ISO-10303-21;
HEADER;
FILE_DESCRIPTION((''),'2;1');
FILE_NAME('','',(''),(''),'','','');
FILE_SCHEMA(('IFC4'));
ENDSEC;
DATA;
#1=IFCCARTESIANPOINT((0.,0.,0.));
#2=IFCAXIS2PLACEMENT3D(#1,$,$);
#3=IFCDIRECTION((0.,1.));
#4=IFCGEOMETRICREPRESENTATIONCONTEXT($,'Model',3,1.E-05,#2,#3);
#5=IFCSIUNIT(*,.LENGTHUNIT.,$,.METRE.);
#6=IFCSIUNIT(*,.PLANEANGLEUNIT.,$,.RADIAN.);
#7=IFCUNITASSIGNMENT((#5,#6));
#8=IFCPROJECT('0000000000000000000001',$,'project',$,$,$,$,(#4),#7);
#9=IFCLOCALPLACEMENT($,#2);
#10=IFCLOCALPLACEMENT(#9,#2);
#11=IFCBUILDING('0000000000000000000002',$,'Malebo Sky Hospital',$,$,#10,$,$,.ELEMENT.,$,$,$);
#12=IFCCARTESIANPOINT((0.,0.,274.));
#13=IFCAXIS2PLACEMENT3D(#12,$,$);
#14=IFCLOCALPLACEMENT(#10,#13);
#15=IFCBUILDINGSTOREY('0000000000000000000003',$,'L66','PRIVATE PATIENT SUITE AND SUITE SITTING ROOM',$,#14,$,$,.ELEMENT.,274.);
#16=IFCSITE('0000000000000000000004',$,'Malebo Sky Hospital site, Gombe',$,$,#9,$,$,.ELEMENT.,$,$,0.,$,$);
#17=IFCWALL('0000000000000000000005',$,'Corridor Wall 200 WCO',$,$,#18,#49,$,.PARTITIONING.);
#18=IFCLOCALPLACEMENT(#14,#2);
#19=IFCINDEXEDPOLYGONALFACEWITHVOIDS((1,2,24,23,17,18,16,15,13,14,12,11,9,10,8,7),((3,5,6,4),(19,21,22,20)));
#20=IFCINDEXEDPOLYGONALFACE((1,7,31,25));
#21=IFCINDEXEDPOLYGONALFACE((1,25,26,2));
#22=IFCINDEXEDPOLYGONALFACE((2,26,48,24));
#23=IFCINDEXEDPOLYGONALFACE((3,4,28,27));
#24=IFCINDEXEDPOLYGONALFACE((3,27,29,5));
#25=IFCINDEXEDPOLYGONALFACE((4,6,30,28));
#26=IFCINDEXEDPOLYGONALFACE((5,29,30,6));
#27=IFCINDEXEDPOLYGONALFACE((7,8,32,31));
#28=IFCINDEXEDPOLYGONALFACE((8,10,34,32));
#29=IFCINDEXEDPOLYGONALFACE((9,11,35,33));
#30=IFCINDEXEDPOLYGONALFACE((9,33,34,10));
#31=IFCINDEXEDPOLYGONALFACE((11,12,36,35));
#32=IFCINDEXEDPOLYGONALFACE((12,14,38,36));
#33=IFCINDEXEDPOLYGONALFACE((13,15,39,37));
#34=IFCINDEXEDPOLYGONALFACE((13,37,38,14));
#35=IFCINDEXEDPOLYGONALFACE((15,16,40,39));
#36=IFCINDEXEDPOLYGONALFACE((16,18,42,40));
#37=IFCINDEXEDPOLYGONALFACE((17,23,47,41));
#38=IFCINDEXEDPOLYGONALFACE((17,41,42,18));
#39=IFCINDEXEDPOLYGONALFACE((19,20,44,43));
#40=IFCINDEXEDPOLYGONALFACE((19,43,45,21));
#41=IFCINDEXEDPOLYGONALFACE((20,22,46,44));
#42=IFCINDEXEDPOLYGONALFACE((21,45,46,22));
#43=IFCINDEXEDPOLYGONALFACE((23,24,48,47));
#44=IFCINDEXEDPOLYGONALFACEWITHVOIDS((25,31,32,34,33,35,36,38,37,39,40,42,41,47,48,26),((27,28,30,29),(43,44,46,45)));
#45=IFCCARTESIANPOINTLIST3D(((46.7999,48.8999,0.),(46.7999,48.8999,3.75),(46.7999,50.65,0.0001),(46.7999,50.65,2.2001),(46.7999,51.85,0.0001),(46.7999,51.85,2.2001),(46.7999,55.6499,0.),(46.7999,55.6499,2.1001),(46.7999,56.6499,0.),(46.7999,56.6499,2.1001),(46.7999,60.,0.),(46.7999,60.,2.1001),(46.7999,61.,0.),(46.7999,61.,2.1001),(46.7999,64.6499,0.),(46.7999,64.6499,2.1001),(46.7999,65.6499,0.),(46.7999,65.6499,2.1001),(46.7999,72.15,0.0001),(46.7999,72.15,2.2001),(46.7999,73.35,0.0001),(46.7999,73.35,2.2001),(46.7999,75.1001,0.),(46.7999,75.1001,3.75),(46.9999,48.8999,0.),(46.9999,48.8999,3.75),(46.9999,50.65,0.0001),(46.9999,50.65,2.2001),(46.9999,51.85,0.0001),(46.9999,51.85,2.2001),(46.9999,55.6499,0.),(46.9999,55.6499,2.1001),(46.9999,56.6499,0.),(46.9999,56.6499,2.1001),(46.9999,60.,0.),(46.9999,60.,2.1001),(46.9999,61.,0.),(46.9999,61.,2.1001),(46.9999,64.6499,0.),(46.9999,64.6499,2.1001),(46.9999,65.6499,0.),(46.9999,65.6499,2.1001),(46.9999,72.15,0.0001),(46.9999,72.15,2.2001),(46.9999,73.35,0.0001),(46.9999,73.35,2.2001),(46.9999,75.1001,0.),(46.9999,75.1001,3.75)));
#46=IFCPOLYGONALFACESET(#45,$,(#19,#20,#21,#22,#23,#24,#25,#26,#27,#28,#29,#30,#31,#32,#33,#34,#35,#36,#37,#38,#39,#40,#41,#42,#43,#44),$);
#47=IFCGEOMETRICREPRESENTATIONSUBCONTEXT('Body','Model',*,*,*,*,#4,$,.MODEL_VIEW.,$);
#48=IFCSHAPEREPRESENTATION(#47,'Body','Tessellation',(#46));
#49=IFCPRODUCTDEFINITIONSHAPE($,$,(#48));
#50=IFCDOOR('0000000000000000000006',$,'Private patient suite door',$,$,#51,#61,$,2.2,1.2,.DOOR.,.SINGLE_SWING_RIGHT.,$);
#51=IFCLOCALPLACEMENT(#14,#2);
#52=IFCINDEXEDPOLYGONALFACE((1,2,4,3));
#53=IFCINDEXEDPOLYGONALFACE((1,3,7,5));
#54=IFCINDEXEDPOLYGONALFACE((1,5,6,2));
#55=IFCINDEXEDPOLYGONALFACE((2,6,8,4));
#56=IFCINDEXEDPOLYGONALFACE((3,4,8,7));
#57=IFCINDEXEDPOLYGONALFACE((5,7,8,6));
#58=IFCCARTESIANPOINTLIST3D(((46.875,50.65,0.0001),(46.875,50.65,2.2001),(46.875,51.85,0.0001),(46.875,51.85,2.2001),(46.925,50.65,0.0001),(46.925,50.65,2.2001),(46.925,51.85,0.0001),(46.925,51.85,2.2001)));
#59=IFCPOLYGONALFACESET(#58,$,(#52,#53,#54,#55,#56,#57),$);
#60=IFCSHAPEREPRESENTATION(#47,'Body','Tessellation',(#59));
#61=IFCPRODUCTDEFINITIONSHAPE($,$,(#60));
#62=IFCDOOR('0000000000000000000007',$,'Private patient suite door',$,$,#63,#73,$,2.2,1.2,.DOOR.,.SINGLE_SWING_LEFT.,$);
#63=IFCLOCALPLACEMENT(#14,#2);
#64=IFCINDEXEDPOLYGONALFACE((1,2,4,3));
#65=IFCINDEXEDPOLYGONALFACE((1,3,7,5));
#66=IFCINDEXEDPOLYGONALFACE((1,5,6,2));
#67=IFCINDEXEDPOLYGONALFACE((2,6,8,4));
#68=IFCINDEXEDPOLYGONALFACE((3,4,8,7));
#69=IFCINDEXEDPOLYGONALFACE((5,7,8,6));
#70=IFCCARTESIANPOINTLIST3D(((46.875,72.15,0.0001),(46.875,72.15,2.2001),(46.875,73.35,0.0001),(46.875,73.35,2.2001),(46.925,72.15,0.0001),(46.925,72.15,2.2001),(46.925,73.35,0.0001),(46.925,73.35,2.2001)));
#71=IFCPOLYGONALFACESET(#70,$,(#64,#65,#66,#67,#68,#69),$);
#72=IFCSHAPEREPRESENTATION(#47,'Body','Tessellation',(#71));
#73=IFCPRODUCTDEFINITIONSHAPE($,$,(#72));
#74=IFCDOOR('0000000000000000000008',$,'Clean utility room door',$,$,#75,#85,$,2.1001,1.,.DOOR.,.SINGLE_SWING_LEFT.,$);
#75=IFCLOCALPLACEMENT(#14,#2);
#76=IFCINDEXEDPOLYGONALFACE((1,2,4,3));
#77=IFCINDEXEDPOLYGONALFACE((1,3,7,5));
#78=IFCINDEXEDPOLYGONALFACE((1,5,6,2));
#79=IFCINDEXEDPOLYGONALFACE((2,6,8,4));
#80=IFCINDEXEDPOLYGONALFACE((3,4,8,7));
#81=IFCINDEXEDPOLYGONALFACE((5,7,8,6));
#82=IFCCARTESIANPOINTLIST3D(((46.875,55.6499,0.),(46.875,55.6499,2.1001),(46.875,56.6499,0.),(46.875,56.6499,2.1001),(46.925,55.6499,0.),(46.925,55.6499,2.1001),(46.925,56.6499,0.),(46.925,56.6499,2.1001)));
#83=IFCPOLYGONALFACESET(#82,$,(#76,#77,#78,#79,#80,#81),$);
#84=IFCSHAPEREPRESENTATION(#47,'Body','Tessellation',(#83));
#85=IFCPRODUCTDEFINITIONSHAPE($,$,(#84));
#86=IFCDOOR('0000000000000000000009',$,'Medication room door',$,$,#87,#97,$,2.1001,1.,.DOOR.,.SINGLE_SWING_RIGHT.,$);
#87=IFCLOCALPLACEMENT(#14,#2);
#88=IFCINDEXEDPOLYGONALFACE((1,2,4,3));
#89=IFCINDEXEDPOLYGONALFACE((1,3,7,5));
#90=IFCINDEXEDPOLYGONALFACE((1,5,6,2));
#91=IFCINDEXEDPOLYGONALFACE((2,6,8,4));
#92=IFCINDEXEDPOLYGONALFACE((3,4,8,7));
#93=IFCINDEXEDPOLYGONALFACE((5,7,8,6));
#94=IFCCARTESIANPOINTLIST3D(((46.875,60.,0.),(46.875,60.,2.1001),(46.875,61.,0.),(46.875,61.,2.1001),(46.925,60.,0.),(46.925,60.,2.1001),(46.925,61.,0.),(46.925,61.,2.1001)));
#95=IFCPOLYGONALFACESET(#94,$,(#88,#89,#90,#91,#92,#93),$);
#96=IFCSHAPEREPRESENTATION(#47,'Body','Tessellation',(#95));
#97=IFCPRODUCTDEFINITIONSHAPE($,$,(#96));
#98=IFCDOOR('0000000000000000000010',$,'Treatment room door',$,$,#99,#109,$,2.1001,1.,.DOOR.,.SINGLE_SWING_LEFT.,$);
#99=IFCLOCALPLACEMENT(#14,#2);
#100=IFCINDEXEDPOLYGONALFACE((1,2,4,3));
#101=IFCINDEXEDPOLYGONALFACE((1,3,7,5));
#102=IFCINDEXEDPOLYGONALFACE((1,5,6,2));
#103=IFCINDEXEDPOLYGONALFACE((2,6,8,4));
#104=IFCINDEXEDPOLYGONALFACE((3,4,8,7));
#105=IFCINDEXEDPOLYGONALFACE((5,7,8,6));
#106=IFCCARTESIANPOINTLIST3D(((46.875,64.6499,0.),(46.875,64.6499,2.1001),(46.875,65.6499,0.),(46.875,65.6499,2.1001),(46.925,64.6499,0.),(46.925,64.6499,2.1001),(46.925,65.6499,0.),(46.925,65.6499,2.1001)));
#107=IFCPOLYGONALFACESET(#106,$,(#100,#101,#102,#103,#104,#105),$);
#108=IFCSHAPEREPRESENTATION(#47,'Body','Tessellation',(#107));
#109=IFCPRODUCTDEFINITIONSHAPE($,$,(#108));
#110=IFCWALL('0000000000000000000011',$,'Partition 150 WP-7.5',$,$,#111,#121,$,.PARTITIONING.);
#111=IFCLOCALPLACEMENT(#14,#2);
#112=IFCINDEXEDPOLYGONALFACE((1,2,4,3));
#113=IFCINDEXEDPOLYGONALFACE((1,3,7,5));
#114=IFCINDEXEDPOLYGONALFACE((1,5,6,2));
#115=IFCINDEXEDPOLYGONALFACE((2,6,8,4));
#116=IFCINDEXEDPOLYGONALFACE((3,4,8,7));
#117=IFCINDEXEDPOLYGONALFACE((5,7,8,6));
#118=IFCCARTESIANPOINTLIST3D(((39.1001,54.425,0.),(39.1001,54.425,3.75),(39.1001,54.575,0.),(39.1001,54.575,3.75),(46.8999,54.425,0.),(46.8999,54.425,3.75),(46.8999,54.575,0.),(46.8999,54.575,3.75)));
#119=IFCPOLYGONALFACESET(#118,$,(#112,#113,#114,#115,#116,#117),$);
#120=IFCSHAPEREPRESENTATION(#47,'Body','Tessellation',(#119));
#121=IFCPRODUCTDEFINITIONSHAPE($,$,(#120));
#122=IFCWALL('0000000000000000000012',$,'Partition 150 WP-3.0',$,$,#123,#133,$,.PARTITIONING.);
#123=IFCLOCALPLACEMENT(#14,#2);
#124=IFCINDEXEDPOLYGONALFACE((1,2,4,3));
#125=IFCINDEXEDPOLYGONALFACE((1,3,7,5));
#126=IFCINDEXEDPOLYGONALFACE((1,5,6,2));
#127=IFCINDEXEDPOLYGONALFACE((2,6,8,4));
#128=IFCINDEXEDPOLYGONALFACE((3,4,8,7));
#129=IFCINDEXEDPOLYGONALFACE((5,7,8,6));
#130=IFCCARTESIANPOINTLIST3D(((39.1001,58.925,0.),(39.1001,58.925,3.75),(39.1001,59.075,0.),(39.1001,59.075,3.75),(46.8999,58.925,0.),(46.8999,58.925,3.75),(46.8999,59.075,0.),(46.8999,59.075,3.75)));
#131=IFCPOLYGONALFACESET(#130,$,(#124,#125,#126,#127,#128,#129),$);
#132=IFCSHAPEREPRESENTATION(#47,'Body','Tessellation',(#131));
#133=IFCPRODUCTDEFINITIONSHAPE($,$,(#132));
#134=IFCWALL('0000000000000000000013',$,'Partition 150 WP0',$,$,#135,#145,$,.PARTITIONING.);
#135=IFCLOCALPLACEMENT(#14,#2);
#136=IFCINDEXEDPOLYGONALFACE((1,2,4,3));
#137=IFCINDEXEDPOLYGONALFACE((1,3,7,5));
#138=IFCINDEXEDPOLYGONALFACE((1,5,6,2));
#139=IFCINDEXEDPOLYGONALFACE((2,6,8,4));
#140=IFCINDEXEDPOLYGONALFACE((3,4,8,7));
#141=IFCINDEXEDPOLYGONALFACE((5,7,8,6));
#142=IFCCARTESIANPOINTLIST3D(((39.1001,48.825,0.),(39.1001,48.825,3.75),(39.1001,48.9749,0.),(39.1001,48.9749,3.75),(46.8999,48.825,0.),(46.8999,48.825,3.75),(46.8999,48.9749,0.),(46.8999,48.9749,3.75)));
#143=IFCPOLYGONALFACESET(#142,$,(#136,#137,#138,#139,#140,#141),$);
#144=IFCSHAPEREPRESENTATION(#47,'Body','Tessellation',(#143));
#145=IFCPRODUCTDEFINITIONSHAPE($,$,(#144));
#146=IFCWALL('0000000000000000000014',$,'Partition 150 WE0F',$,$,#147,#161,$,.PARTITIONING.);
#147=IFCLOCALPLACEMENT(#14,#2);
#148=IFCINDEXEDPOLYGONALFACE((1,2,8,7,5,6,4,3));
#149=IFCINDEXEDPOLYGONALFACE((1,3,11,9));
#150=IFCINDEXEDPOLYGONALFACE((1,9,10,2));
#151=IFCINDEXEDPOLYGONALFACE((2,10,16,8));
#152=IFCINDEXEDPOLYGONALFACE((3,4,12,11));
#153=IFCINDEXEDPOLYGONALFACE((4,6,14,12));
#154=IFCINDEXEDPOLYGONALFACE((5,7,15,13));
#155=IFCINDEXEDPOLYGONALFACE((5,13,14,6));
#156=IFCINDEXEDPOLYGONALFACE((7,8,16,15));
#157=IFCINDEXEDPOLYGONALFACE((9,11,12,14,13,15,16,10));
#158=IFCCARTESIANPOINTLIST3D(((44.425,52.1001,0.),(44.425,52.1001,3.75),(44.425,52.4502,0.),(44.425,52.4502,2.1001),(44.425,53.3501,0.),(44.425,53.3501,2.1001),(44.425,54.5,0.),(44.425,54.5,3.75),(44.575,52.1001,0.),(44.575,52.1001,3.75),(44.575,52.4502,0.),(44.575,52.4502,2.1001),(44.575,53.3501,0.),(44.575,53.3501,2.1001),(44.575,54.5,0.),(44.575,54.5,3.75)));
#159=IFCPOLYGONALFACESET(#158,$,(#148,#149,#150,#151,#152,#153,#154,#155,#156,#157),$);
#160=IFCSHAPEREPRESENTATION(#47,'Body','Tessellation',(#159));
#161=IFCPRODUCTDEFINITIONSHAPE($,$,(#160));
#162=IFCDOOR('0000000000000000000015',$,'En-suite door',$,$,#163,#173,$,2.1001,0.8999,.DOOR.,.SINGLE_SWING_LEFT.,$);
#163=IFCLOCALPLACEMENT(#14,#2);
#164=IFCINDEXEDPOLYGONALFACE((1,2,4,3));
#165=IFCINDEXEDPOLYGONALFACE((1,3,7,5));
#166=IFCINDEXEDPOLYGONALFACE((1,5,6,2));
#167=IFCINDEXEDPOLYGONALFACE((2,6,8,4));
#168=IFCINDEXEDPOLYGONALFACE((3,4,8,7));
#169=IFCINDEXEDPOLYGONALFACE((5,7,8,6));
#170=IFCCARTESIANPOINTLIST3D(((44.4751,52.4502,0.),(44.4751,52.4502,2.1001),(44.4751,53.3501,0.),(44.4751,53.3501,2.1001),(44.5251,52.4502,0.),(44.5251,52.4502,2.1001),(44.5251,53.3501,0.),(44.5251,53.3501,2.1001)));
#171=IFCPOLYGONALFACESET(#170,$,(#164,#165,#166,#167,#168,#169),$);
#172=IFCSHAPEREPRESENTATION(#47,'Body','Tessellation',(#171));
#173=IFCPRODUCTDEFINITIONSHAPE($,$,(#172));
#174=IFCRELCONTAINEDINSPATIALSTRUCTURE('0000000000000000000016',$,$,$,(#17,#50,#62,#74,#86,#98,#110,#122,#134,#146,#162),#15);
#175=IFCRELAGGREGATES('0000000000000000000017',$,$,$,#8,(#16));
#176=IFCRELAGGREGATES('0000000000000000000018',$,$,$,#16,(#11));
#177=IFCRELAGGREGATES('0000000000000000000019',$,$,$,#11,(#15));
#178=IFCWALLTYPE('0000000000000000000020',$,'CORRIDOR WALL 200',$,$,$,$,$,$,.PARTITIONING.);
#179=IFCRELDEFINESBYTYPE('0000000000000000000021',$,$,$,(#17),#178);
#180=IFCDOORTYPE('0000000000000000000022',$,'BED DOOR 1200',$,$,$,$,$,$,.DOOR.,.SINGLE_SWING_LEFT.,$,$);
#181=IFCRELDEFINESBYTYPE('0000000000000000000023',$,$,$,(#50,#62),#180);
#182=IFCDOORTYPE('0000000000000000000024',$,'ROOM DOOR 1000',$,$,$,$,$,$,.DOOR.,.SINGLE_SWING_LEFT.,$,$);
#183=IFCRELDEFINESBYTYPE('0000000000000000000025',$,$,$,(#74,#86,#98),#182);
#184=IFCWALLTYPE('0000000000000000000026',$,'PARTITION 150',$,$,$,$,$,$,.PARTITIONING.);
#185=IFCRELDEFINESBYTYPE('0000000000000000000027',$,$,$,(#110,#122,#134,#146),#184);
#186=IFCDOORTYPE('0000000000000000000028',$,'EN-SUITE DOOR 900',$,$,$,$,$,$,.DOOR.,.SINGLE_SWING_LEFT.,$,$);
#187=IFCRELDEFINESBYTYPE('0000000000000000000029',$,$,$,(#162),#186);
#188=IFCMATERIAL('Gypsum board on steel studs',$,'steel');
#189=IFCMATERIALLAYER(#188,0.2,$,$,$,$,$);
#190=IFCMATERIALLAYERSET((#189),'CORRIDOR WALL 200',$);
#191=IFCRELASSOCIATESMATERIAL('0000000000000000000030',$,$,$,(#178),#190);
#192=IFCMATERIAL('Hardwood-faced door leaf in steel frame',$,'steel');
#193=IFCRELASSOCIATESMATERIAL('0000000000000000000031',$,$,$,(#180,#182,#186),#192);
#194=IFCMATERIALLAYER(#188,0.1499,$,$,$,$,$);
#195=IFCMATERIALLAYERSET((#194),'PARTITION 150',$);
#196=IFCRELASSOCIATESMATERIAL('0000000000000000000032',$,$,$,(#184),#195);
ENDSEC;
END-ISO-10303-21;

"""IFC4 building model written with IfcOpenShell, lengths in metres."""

from ifc_helpers import new_model, si_unit, direction, frame, frame_2d, origin, place, context, subcontext, project, spatial, rectangle, extrude, material, layer, layer_set, type_object, element, fill, save


model = new_model("IFC4")

# Units and contexts
model_context = context("Model", 3, precision=1e-05, world=origin(), true_north=direction((0.0, 1.0)))
body_context = subcontext(model_context, "Body", "Model", "MODEL_VIEW")
ifc_project = project(units=[si_unit("LENGTHUNIT", "METRE"), si_unit("PLANEANGLEUNIT", "RADIAN")], contexts=[model_context])

# Site, building, storey
site_placement = place(None, origin())
site = spatial("IfcSite", under=ifc_project, at=site_placement, Name="Malebo Sky Hospital site, Gombe", CompositionType="ELEMENT", RefElevation=0.0)
building_placement = place(site_placement, origin())
building = spatial("IfcBuilding", under=site, at=building_placement, Name="Malebo Sky Hospital", CompositionType="ELEMENT")
storey_placement = place(building_placement, frame((0.0, 0.0, 274.0)))
storey = spatial("IfcBuildingStorey", under=building, at=storey_placement, Name="L66", Description="PRIVATE PATIENT SUITE AND SUITE SITTING ROOM", CompositionType="ELEMENT", Elevation=274.0)

# Wall, openings, doors
ifc_material_1 = material(Name="Gypsum board on steel studs", Category="steel")
ifc_layer_1 = layer(ifc_material_1, 0.2)
ifc_layer_set_1 = layer_set([ifc_layer_1], Name="CORRIDOR WALL 200")
wall_type_1 = type_object("IfcWallType", Name="CORRIDOR WALL 200", PredefinedType="PARTITIONING", material=ifc_layer_set_1)
wall_1_placement = place(storey_placement, frame((46.8999, 48.8999, 0.0), z_axis=(0.0, 0.0, 1.0), x_axis=(0.0, 1.0, 0.0)))
wall_1 = element("IfcWall", 1, at=wall_1_placement, inside=storey, type_object=wall_type_1, Name="Corridor Wall 200 WCO", PredefinedType="PARTITIONING", context=body_context, shape_type="SweptSolid", body=[
    extrude(rectangle(XDim=26.2002, YDim=0.2, at=frame_2d((13.1001, 0.0))), origin(), (0.0, 0.0, 1.0), 3.75),
])
opening_1_placement = place(wall_1_placement, frame((1.75, 0.0, 0.0)))
opening_1 = element("IfcOpeningElement", 2, at=opening_1_placement, cuts=wall_1, PredefinedType="OPENING", context=body_context, shape_type="SweptSolid", body=[
    extrude(rectangle(XDim=1.2, YDim=2.2, at=frame_2d((0.6001, 1.1001))), frame((0.0, 0.1099, 0.0), z_axis=(0.0, -1.0, 0.0), x_axis=(1.0, 0.0, 0.0)), (0.0, 0.0, 1.0), 0.22),
])
opening_2_placement = place(wall_1_placement, frame((6.75, 0.0, 0.0)))
opening_2 = element("IfcOpeningElement", 3, at=opening_2_placement, cuts=wall_1, PredefinedType="OPENING", context=body_context, shape_type="SweptSolid", body=[
    extrude(rectangle(XDim=1.0, YDim=2.1001, at=frame_2d((0.5, 1.05))), frame((0.0, 0.1099, 0.0), z_axis=(0.0, -1.0, 0.0), x_axis=(1.0, 0.0, 0.0)), (0.0, 0.0, 1.0), 0.22),
])
opening_3_placement = place(wall_1_placement, frame((11.1001, 0.0, 0.0)))
opening_3 = element("IfcOpeningElement", 4, at=opening_3_placement, cuts=wall_1, PredefinedType="OPENING", context=body_context, shape_type="SweptSolid", body=[
    extrude(rectangle(XDim=1.0, YDim=2.1001, at=frame_2d((0.5, 1.05))), frame((0.0, 0.1099, 0.0), z_axis=(0.0, -1.0, 0.0), x_axis=(1.0, 0.0, 0.0)), (0.0, 0.0, 1.0), 0.22),
])
opening_4_placement = place(wall_1_placement, frame((15.75, 0.0, 0.0)))
opening_4 = element("IfcOpeningElement", 5, at=opening_4_placement, cuts=wall_1, PredefinedType="OPENING", context=body_context, shape_type="SweptSolid", body=[
    extrude(rectangle(XDim=1.0, YDim=2.1001, at=frame_2d((0.5, 1.05))), frame((0.0, 0.1099, 0.0), z_axis=(0.0, -1.0, 0.0), x_axis=(1.0, 0.0, 0.0)), (0.0, 0.0, 1.0), 0.22),
])
opening_5_placement = place(wall_1_placement, frame((23.25, 0.0, 0.0)))
opening_5 = element("IfcOpeningElement", 6, at=opening_5_placement, cuts=wall_1, PredefinedType="OPENING", context=body_context, shape_type="SweptSolid", body=[
    extrude(rectangle(XDim=1.2, YDim=2.2, at=frame_2d((0.6001, 1.1001))), frame((0.0, 0.1099, 0.0), z_axis=(0.0, -1.0, 0.0), x_axis=(1.0, 0.0, 0.0)), (0.0, 0.0, 1.0), 0.22),
])
ifc_material_2 = material(Name="Hardwood-faced door leaf in steel frame", Category="steel")
door_type_1 = type_object("IfcDoorType", Name="BED DOOR 1200", OperationType="SINGLE_SWING_LEFT", PredefinedType="DOOR", material=ifc_material_2)
door_1_placement = place(opening_1_placement, origin())
door_1 = element("IfcDoor", 7, at=door_1_placement, inside=storey, type_object=door_type_1, Name="Private patient suite door", OperationType="SINGLE_SWING_RIGHT", OverallHeight=2.2, OverallWidth=1.2, PredefinedType="DOOR", context=body_context, shape_type="SweptSolid", body=[
    extrude(rectangle(XDim=1.2, YDim=2.2, at=frame_2d((0.6001, 1.1001))), frame((0.0, 0.0249, 0.0), z_axis=(0.0, -1.0, 0.0), x_axis=(1.0, 0.0, 0.0)), (0.0, 0.0, 1.0), 0.05),
])
fill(opening_1, door_1)
door_2_placement = place(opening_5_placement, origin())
door_2 = element("IfcDoor", 8, at=door_2_placement, inside=storey, type_object=door_type_1, Name="Private patient suite door", OperationType="SINGLE_SWING_LEFT", OverallHeight=2.2, OverallWidth=1.2, PredefinedType="DOOR", context=body_context, shape_type="SweptSolid", body=[
    extrude(rectangle(XDim=1.2, YDim=2.2, at=frame_2d((0.6001, 1.1001))), frame((0.0, 0.0249, 0.0), z_axis=(0.0, -1.0, 0.0), x_axis=(1.0, 0.0, 0.0)), (0.0, 0.0, 1.0), 0.05),
])
fill(opening_5, door_2)
door_type_2 = type_object("IfcDoorType", Name="ROOM DOOR 1000", OperationType="SINGLE_SWING_LEFT", PredefinedType="DOOR", material=ifc_material_2)
door_3_placement = place(opening_2_placement, origin())
door_3 = element("IfcDoor", 9, at=door_3_placement, inside=storey, type_object=door_type_2, Name="Clean utility room door", OperationType="SINGLE_SWING_LEFT", OverallHeight=2.1001, OverallWidth=1.0, PredefinedType="DOOR", context=body_context, shape_type="SweptSolid", body=[
    extrude(rectangle(XDim=1.0, YDim=2.1001, at=frame_2d((0.5, 1.05))), frame((0.0, 0.0249, 0.0), z_axis=(0.0, -1.0, 0.0), x_axis=(1.0, 0.0, 0.0)), (0.0, 0.0, 1.0), 0.05),
])
fill(opening_2, door_3)
door_4_placement = place(opening_3_placement, origin())
door_4 = element("IfcDoor", 10, at=door_4_placement, inside=storey, type_object=door_type_2, Name="Medication room door", OperationType="SINGLE_SWING_RIGHT", OverallHeight=2.1001, OverallWidth=1.0, PredefinedType="DOOR", context=body_context, shape_type="SweptSolid", body=[
    extrude(rectangle(XDim=1.0, YDim=2.1001, at=frame_2d((0.5, 1.05))), frame((0.0, 0.0249, 0.0), z_axis=(0.0, -1.0, 0.0), x_axis=(1.0, 0.0, 0.0)), (0.0, 0.0, 1.0), 0.05),
])
fill(opening_3, door_4)
door_5_placement = place(opening_4_placement, origin())
door_5 = element("IfcDoor", 11, at=door_5_placement, inside=storey, type_object=door_type_2, Name="Treatment room door", OperationType="SINGLE_SWING_LEFT", OverallHeight=2.1001, OverallWidth=1.0, PredefinedType="DOOR", context=body_context, shape_type="SweptSolid", body=[
    extrude(rectangle(XDim=1.0, YDim=2.1001, at=frame_2d((0.5, 1.05))), frame((0.0, 0.0249, 0.0), z_axis=(0.0, -1.0, 0.0), x_axis=(1.0, 0.0, 0.0)), (0.0, 0.0, 1.0), 0.05),
])
fill(opening_4, door_5)

# Walls
ifc_layer_2 = layer(ifc_material_1, 0.1499)
ifc_layer_set_2 = layer_set([ifc_layer_2], Name="PARTITION 150")
wall_type_2 = type_object("IfcWallType", Name="PARTITION 150", PredefinedType="PARTITIONING", material=ifc_layer_set_2)
for number, where, z_axis, x_axis, name in (
    (12, (46.8999, 54.5, 0.0), (0.0, 0.0, 1.0), (-1.0, 0.0, 0.0), "Partition 150 WP-7.5"),
    (13, (46.8999, 59.0, 0.0), (0.0, 0.0, 1.0), (-1.0, 0.0, 0.0), "Partition 150 WP-3.0"),
    (14, (46.8999, 48.8999, 0.0), (0.0, 0.0, 1.0), (-1.0, 0.0, 0.0), "Partition 150 WP0"),
):
    element("IfcWall", number, at=place(storey_placement, frame(where, z_axis=z_axis, x_axis=x_axis)), inside=storey, type_object=wall_type_2, Name=name, PredefinedType="PARTITIONING", context=body_context, shape_type="SweptSolid", body=[
        extrude(rectangle(XDim=7.7998, YDim=0.1499, at=frame_2d((3.8999, 0.0))), origin(), (0.0, 0.0, 1.0), 3.75),
    ])

# Wall, opening, door
wall_2_placement = place(storey_placement, frame((44.5, 52.1001, 0.0), z_axis=(0.0, 0.0, 1.0), x_axis=(0.0, 1.0, 0.0)))
wall_2 = element("IfcWall", 15, at=wall_2_placement, inside=storey, type_object=wall_type_2, Name="Partition 150 WE0F", PredefinedType="PARTITIONING", context=body_context, shape_type="SweptSolid", body=[
    extrude(rectangle(XDim=2.3999, YDim=0.1499, at=frame_2d((1.2, 0.0))), origin(), (0.0, 0.0, 1.0), 3.75),
])
opening_6_placement = place(wall_2_placement, frame((0.3501, 0.0, 0.0)))
opening_6 = element("IfcOpeningElement", 16, at=opening_6_placement, cuts=wall_2, PredefinedType="OPENING", context=body_context, shape_type="SweptSolid", body=[
    extrude(rectangle(XDim=0.8999, YDim=2.1001, at=frame_2d((0.45, 1.05))), frame((0.0, 0.085, 0.0), z_axis=(0.0, -1.0, 0.0), x_axis=(1.0, 0.0, 0.0)), (0.0, 0.0, 1.0), 0.1699),
])
door_type_3 = type_object("IfcDoorType", Name="EN-SUITE DOOR 900", OperationType="SINGLE_SWING_LEFT", PredefinedType="DOOR", material=ifc_material_2)
door_6_placement = place(opening_6_placement, origin())
door_6 = element("IfcDoor", 17, at=door_6_placement, inside=storey, type_object=door_type_3, Name="En-suite door", OperationType="SINGLE_SWING_LEFT", OverallHeight=2.1001, OverallWidth=0.8999, PredefinedType="DOOR", context=body_context, shape_type="SweptSolid", body=[
    extrude(rectangle(XDim=0.8999, YDim=2.1001, at=frame_2d((0.45, 1.05))), frame((0.0, 0.0249, 0.0), z_axis=(0.0, -1.0, 0.0), x_axis=(1.0, 0.0, 0.0)), (0.0, 0.0, 1.0), 0.05),
])
fill(opening_6, door_6)

save(model, "model.ifc")
